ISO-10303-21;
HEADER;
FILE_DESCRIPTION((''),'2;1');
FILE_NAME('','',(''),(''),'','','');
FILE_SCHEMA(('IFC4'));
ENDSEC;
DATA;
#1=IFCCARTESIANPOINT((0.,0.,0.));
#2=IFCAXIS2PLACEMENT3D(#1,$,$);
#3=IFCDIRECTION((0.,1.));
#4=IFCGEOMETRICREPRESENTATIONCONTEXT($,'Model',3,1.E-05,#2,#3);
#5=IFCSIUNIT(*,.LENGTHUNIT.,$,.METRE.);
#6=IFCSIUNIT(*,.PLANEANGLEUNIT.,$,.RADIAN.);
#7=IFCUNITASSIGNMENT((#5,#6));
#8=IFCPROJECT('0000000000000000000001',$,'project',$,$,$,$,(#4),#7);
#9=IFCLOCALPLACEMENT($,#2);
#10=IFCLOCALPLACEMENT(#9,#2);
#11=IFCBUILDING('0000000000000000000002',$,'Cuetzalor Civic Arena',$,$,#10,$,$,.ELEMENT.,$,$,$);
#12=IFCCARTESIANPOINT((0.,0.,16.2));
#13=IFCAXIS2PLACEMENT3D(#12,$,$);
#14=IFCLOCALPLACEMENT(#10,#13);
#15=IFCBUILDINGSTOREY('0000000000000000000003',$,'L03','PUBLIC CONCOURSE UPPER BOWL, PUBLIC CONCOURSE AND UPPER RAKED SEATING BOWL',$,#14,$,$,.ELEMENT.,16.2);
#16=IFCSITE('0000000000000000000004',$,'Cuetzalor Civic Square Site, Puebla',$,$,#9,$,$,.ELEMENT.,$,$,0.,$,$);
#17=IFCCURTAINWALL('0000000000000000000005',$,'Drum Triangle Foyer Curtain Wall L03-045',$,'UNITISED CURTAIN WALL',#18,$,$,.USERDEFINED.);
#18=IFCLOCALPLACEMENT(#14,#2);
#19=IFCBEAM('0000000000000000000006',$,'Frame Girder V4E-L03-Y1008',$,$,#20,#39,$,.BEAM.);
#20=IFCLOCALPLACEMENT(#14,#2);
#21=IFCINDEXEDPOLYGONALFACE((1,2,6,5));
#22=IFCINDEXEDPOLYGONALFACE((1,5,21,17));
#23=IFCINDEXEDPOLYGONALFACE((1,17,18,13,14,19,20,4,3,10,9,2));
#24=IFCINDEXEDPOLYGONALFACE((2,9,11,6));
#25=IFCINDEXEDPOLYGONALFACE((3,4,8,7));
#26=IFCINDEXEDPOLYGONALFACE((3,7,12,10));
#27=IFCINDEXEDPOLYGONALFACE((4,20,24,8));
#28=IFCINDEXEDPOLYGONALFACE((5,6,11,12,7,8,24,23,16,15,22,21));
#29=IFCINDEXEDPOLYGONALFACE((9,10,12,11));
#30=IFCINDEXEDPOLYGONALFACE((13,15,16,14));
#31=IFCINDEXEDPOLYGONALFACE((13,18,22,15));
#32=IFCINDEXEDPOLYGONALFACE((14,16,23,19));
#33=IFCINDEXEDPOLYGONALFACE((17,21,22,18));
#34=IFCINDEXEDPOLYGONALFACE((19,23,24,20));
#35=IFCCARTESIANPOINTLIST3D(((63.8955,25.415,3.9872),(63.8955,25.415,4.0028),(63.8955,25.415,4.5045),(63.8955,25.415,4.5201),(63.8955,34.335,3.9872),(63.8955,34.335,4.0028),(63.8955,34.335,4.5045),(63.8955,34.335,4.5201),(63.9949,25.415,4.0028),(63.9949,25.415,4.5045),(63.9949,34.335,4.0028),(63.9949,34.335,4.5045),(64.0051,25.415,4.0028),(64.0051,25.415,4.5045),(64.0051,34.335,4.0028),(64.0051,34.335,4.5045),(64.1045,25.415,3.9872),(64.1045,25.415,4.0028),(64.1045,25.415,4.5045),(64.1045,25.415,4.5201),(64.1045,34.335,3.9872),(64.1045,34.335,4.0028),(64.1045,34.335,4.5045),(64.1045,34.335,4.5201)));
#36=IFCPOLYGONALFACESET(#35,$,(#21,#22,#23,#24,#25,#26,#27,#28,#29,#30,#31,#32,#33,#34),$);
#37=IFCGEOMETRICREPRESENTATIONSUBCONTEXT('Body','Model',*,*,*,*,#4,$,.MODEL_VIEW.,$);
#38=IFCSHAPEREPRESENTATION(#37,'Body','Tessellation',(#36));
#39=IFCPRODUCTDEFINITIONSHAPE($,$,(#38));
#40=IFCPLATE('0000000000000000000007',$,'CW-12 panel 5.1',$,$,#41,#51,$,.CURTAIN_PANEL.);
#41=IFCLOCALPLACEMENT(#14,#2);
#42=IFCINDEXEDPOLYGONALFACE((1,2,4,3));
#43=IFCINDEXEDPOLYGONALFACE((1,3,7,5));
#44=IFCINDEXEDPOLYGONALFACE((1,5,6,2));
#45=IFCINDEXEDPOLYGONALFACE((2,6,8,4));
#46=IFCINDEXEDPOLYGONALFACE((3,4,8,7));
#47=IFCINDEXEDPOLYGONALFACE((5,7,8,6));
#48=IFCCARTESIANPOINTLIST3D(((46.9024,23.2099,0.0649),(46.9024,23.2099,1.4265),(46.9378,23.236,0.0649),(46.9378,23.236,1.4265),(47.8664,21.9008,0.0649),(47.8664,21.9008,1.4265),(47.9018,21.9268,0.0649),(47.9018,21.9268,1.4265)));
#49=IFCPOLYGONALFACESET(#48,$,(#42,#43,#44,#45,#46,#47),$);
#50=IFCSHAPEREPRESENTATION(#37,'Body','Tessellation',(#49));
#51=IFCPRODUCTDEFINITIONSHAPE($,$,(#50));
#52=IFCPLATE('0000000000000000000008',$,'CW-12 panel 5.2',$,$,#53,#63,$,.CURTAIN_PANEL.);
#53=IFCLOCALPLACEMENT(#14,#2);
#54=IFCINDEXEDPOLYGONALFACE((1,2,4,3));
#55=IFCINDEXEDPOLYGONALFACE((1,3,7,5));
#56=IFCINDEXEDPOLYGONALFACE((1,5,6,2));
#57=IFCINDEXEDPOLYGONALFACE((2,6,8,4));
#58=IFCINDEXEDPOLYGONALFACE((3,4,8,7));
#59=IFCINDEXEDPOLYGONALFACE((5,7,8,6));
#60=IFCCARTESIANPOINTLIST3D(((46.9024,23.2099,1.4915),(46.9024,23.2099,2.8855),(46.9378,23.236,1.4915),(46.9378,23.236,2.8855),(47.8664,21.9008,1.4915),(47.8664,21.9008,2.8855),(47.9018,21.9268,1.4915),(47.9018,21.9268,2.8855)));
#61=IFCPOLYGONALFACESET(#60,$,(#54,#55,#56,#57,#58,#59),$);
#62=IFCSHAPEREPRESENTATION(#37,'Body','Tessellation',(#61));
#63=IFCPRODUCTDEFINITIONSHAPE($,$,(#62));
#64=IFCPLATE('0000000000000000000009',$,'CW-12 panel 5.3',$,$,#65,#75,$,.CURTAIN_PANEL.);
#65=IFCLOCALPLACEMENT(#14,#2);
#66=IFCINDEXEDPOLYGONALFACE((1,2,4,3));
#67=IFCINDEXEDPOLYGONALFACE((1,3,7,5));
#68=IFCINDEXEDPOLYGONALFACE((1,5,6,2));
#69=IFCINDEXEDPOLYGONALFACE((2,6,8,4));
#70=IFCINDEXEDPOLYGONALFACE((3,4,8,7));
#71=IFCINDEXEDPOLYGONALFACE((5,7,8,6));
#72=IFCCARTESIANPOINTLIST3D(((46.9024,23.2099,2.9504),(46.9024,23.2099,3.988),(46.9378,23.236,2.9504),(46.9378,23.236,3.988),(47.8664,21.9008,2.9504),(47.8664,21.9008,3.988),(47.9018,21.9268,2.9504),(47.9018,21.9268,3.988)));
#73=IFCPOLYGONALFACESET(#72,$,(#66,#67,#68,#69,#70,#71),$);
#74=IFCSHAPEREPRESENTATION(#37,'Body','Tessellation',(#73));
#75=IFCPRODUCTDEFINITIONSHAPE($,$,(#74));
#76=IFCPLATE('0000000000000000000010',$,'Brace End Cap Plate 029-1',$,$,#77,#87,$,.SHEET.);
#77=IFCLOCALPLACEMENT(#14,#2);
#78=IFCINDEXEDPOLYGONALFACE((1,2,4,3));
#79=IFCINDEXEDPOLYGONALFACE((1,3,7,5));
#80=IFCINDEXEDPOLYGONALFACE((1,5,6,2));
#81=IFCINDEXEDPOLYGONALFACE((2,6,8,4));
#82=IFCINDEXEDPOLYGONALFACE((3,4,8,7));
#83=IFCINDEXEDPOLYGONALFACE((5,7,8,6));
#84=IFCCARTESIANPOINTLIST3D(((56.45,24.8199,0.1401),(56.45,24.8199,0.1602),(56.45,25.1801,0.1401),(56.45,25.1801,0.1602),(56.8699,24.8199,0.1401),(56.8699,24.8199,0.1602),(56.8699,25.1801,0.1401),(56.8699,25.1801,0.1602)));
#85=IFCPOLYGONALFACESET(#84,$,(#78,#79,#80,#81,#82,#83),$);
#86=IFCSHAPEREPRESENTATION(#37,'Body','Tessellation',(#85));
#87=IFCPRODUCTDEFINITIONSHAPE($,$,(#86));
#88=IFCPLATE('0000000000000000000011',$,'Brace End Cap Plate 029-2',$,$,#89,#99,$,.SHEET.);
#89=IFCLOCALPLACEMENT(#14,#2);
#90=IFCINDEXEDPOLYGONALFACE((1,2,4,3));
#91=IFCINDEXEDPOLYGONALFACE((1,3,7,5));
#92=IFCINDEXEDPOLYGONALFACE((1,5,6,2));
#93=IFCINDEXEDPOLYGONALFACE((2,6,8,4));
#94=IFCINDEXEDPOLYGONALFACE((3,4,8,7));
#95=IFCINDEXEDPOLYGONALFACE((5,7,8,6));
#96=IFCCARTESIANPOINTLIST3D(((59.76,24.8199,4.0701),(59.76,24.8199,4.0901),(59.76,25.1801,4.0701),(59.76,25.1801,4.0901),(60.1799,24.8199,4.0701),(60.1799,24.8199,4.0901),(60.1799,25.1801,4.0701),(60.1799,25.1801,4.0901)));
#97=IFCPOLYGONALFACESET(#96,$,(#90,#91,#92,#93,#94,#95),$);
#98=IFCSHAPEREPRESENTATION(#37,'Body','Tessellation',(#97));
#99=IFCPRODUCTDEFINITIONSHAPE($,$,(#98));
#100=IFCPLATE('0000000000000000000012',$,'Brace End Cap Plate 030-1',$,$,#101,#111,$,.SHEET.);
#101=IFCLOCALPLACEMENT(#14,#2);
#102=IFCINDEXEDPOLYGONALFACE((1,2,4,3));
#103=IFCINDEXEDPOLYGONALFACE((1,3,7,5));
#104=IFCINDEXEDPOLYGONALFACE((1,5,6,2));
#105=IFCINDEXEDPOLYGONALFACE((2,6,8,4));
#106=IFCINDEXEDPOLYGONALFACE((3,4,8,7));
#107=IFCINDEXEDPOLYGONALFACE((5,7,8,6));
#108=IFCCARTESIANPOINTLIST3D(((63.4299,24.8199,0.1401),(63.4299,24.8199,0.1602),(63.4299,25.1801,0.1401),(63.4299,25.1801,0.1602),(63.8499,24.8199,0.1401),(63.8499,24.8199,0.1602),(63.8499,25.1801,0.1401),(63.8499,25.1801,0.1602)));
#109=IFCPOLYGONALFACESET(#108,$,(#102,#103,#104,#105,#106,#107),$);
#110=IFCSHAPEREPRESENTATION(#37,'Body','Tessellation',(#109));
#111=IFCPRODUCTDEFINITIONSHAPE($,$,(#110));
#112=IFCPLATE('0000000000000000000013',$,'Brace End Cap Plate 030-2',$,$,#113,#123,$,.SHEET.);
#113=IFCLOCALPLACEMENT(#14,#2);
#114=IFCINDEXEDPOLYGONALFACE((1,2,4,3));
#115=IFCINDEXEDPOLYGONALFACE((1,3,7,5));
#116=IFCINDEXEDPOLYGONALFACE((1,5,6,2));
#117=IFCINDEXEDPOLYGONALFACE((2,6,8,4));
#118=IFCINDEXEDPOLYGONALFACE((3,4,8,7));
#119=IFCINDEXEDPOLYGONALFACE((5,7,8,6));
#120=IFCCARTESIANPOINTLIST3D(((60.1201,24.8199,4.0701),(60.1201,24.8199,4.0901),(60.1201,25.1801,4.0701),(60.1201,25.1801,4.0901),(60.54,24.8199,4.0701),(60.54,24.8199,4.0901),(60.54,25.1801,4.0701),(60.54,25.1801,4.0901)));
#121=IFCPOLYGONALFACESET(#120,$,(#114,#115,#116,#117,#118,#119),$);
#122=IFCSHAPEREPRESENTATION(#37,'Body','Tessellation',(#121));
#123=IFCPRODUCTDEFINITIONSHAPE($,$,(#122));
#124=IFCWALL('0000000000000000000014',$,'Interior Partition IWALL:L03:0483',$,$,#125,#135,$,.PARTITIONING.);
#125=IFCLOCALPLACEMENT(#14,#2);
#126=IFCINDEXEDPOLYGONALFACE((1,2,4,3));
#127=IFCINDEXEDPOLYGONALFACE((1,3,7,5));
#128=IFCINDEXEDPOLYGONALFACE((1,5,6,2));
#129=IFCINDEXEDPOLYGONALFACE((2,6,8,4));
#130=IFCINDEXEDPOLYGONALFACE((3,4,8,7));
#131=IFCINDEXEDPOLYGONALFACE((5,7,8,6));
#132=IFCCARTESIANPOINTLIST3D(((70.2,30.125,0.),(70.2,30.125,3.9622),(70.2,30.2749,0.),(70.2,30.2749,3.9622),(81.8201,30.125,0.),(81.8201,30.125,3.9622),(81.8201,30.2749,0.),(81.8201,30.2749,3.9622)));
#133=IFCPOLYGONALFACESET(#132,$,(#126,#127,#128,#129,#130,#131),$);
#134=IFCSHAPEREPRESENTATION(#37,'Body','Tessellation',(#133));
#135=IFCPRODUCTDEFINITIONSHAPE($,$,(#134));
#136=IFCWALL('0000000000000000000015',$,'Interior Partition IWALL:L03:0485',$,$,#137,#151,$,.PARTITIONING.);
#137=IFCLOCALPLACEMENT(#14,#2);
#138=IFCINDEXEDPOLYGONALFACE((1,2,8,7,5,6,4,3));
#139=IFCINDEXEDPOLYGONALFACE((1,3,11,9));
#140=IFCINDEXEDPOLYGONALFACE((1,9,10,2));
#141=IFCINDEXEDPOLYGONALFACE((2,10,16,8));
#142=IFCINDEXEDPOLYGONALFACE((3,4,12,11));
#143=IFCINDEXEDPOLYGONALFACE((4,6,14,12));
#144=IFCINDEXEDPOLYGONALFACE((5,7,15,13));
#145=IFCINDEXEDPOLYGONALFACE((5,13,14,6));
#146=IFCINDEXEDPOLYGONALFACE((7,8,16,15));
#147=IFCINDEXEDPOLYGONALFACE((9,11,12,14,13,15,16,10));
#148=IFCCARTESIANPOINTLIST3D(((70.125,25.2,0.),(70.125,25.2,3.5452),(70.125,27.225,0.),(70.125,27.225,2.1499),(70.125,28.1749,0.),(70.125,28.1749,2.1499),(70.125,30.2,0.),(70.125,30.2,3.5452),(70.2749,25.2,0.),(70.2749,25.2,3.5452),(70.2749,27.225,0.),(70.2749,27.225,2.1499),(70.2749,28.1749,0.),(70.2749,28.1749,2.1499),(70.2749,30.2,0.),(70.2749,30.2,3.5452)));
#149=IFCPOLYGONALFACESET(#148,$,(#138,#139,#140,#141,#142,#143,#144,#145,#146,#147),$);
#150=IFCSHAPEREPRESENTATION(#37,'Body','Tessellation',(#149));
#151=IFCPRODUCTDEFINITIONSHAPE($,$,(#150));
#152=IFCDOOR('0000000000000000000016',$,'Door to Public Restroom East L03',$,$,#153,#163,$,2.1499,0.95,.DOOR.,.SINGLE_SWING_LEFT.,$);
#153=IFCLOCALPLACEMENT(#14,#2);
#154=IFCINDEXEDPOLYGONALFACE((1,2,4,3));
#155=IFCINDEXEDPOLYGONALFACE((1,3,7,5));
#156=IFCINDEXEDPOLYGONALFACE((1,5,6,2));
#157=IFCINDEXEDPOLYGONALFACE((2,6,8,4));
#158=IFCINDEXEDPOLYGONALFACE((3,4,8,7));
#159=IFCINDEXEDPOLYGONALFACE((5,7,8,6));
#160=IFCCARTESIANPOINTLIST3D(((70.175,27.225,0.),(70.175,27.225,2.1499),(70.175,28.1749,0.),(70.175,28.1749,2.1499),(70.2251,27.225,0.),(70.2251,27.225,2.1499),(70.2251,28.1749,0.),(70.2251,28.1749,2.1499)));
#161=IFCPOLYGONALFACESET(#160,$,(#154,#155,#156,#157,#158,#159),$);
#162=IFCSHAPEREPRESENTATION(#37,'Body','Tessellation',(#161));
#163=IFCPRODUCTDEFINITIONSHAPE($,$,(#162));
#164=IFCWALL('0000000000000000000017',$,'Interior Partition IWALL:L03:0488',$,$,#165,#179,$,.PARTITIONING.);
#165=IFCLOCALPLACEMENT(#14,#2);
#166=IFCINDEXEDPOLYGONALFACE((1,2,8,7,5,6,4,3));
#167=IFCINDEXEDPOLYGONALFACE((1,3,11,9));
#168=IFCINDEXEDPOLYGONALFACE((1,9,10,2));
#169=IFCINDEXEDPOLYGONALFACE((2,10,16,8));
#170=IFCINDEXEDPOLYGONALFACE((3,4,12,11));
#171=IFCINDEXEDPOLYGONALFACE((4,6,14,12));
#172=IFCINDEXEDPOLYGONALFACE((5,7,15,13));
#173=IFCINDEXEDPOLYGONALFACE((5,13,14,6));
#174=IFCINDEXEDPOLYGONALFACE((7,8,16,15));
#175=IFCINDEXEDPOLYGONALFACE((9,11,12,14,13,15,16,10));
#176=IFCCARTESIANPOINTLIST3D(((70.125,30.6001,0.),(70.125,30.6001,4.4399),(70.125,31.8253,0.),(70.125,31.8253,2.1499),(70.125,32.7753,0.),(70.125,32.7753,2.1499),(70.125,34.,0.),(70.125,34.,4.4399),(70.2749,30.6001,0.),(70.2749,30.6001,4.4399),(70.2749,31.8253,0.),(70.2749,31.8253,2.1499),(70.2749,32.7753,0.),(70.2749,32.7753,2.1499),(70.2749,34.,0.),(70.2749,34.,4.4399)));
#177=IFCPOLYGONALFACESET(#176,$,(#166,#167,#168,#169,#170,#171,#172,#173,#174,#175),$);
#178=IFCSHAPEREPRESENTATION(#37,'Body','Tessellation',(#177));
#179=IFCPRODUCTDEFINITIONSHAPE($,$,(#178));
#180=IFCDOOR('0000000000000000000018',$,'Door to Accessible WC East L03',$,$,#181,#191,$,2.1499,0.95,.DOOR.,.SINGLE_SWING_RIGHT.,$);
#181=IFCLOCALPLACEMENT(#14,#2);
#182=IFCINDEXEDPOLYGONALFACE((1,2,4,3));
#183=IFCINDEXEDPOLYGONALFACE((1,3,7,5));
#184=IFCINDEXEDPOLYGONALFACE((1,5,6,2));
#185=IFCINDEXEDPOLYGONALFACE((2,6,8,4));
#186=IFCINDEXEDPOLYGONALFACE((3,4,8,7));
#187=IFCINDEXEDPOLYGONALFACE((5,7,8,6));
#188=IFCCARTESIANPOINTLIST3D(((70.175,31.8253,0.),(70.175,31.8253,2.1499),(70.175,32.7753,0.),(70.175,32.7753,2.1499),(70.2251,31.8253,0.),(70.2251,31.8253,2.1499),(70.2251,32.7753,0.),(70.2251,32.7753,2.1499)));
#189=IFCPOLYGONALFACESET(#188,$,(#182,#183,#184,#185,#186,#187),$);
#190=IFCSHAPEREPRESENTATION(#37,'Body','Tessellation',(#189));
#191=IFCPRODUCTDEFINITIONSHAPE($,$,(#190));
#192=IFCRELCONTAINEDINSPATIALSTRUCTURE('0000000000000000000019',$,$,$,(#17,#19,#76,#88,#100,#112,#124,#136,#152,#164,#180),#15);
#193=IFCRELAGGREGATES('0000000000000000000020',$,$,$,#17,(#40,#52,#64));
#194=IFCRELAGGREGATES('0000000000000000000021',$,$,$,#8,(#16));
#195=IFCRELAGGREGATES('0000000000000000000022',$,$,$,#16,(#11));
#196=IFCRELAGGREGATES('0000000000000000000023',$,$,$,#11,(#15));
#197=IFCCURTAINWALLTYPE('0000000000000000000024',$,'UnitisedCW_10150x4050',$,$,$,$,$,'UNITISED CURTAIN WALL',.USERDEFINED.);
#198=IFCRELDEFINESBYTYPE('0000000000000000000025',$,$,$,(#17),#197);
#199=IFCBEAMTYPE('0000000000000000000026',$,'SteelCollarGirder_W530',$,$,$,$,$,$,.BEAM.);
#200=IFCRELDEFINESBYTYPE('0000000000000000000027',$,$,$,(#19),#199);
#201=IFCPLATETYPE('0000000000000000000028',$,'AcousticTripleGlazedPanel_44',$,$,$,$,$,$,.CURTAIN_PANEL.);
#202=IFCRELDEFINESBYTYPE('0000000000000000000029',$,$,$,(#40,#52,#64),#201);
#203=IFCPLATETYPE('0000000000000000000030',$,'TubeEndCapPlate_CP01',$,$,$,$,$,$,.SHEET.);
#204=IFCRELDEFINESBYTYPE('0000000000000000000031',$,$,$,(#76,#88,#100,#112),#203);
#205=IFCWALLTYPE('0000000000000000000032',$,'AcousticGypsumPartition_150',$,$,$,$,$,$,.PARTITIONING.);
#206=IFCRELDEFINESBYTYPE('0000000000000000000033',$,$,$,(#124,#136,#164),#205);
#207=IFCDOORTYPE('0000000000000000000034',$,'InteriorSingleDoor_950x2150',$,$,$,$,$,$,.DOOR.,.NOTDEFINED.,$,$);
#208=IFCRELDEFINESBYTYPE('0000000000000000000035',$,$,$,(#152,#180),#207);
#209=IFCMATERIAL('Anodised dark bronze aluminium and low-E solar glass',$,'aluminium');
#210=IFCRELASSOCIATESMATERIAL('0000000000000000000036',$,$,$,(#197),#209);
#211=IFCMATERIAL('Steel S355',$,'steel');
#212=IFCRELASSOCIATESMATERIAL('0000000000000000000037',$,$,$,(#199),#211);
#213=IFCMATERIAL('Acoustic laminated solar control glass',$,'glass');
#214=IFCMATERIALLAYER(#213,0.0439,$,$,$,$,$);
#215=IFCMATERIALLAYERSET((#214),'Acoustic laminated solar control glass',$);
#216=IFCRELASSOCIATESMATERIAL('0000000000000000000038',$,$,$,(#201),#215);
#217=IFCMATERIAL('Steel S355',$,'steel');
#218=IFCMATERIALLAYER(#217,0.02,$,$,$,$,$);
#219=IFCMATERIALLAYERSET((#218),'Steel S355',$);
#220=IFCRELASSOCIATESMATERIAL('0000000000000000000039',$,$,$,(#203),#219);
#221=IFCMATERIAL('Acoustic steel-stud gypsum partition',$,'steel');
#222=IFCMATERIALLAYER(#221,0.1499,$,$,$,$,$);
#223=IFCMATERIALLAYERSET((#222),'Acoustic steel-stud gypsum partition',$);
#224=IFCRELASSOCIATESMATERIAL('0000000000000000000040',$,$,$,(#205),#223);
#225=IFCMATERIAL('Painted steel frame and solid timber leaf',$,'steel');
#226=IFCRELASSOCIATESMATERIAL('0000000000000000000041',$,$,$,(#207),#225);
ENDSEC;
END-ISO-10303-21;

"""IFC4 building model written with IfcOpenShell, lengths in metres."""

from ifc_helpers import new_model, si_unit, direction, frame, frame_2d, origin, origin_2d, place, context, subcontext, project, spatial, rectangle, i_section, extrude, material, layer, layer_set, material_profile, profile_set, type_object, element, fill, aggregate, save


model = new_model("IFC4")

# Units and contexts
model_context = context("Model", 3, precision=1e-05, world=origin(), true_north=direction((0.0, 1.0)))
body_context = subcontext(model_context, "Body", "Model", "MODEL_VIEW")
ifc_project = project(units=[si_unit("LENGTHUNIT", "METRE"), si_unit("PLANEANGLEUNIT", "RADIAN")], contexts=[model_context])

# Site, building, storey
site_placement = place(None, origin())
site = spatial("IfcSite", under=ifc_project, at=site_placement, Name="Cuetzalor Civic Square Site, Puebla", CompositionType="ELEMENT", RefElevation=0.0)
building_placement = place(site_placement, origin())
building = spatial("IfcBuilding", under=site, at=building_placement, Name="Cuetzalor Civic Arena", CompositionType="ELEMENT")
storey_placement = place(building_placement, frame((0.0, 0.0, 16.2)))
storey = spatial("IfcBuildingStorey", under=building, at=storey_placement, Name="L03", Description="PUBLIC CONCOURSE UPPER BOWL, PUBLIC CONCOURSE AND UPPER RAKED SEATING BOWL", CompositionType="ELEMENT", Elevation=16.2)

# Curtain wall
ifc_material_1 = material(Name="Anodised dark bronze aluminium and low-E solar glass", Category="aluminium")
curtain_wall_type = type_object("IfcCurtainWallType", Name="UnitisedCW_10150x4050", ElementType="UNITISED CURTAIN WALL", PredefinedType="USERDEFINED", material=ifc_material_1)
curtain_wall_placement = place(storey_placement, origin())
curtain_wall = element("IfcCurtainWall", 1, at=curtain_wall_placement, inside=storey, type_object=curtain_wall_type, Name="Drum Triangle Foyer Curtain Wall L03-045", ObjectType="UNITISED CURTAIN WALL", PredefinedType="USERDEFINED")

# Beam
ifc_material_2 = material(Name="Steel S355", Category="steel")
ifc_material_profile_1 = material_profile(ifc_material_2, i_section(OverallWidth=0.209, OverallDepth=0.533, WebThickness=0.0103, FlangeThickness=0.0156, at=origin_2d()), Name="W530x92")
ifc_profile_set_1 = profile_set([ifc_material_profile_1], Name="Steel S355")
beam_type_1 = type_object("IfcBeamType", Name="SteelCollarGirder_W530", PredefinedType="BEAM", material=ifc_profile_set_1)
for number, where, z_axis, x_axis, name in (
    (2, (64.0, 25.415, 4.2537), (0.0, 1.0, 0.0), (-1.0, 0.0, 0.0), "Frame Girder V4E-L03-Y1008"),
):
    element("IfcBeam", number, at=place(storey_placement, frame(where, z_axis=z_axis, x_axis=x_axis)), inside=storey, type_object=beam_type_1, Name=name, PredefinedType="BEAM", context=body_context, shape_type="SweptSolid", body=[
        extrude(i_section(OverallWidth=0.209, OverallDepth=0.533, WebThickness=0.0103, FlangeThickness=0.0156, at=origin_2d()), origin(), (0.0, 0.0, 1.0), 8.9199),
    ])

# Plates
ifc_material_3 = material(Name="Acoustic laminated solar control glass", Category="glass")
ifc_layer_1 = layer(ifc_material_3, 0.0439)
ifc_layer_set_1 = layer_set([ifc_layer_1], Name="Acoustic laminated solar control glass")
plate_type_1 = type_object("IfcPlateType", Name="AcousticTripleGlazedPanel_44", PredefinedType="CURTAIN_PANEL", material=ifc_layer_set_1)
plate_1_placement = place(storey_placement, frame((47.4021, 22.5684, 0.0649), z_axis=(0.0, 0.0, 1.0), x_axis=(0.592929, -0.805255, 0.0)))
plate_1 = element("IfcPlate", 3, at=plate_1_placement, type_object=plate_type_1, Name="CW-12 panel 5.1", PredefinedType="CURTAIN_PANEL", context=body_context, shape_type="SweptSolid", body=[
    extrude(rectangle(XDim=1.6257, YDim=0.0439, at=origin_2d()), origin(), (0.0, 0.0, 1.0), 1.3616),
])
plate_2_placement = place(storey_placement, frame((47.4021, 22.5684, 1.4915), z_axis=(0.0, 0.0, 1.0), x_axis=(0.592929, -0.805255, 0.0)))
plate_2 = element("IfcPlate", 4, at=plate_2_placement, type_object=plate_type_1, Name="CW-12 panel 5.2", PredefinedType="CURTAIN_PANEL", context=body_context, shape_type="SweptSolid", body=[
    extrude(rectangle(XDim=1.6257, YDim=0.0439, at=origin_2d()), origin(), (0.0, 0.0, 1.0), 1.394),
])
plate_3_placement = place(storey_placement, frame((47.4021, 22.5684, 2.9504), z_axis=(0.0, 0.0, 1.0), x_axis=(0.592929, -0.805255, 0.0)))
plate_3 = element("IfcPlate", 5, at=plate_3_placement, type_object=plate_type_1, Name="CW-12 panel 5.3", PredefinedType="CURTAIN_PANEL", context=body_context, shape_type="SweptSolid", body=[
    extrude(rectangle(XDim=1.6257, YDim=0.0439, at=origin_2d()), origin(), (0.0, 0.0, 1.0), 1.0376),
])
aggregate(curtain_wall, [plate_1, plate_2, plate_3])

# Plates
ifc_material_4 = material(Name="Steel S355", Category="steel")
ifc_layer_2 = layer(ifc_material_4, 0.02)
ifc_layer_set_2 = layer_set([ifc_layer_2], Name="Steel S355")
plate_type_2 = type_object("IfcPlateType", Name="TubeEndCapPlate_CP01", PredefinedType="SHEET", material=ifc_layer_set_2)
for number, where, z_axis, x_axis, name in (
    (6, (56.6599, 25.0, 0.1401), (0.0, 0.0, 1.0), (1.0, 0.0, 0.0), "Brace End Cap Plate 029-1"),
    (7, (59.97, 25.0, 4.0701), (0.0, 0.0, 1.0), (1.0, 0.0, 0.0), "Brace End Cap Plate 029-2"),
    (8, (63.6399, 25.0, 0.1401), (0.0, 0.0, 1.0), (1.0, 0.0, 0.0), "Brace End Cap Plate 030-1"),
    (9, (60.3301, 25.0, 4.0701), (0.0, 0.0, 1.0), (1.0, 0.0, 0.0), "Brace End Cap Plate 030-2"),
):
    element("IfcPlate", number, at=place(storey_placement, frame(where, z_axis=z_axis, x_axis=x_axis)), inside=storey, type_object=plate_type_2, Name=name, PredefinedType="SHEET", context=body_context, shape_type="SweptSolid", body=[
        extrude(rectangle(XDim=0.4199, YDim=0.3601, at=origin_2d()), origin(), (0.0, 0.0, 1.0), 0.02),
    ])

# Wall
ifc_material_5 = material(Name="Acoustic steel-stud gypsum partition", Category="steel")
ifc_layer_3 = layer(ifc_material_5, 0.1499)
ifc_layer_set_3 = layer_set([ifc_layer_3], Name="Acoustic steel-stud gypsum partition")
wall_type_1 = type_object("IfcWallType", Name="AcousticGypsumPartition_150", PredefinedType="PARTITIONING", material=ifc_layer_set_3)
wall_1_placement = place(storey_placement, frame((70.2, 30.2, 0.0), z_axis=(0.0, 0.0, 1.0), x_axis=(1.0, 0.0, 0.0)))
element("IfcWall", 10, at=wall_1_placement, inside=storey, type_object=wall_type_1, Name="Interior Partition IWALL:L03:0483", PredefinedType="PARTITIONING", context=body_context, shape_type="SweptSolid", body=[
    extrude(rectangle(XDim=11.6201, YDim=0.1499, at=frame_2d((5.8101, 0.0))), origin(), (0.0, 0.0, 1.0), 3.9622),
])

# Walls, openings, doors
wall_2_placement = place(storey_placement, frame((70.2, 25.2, 0.0), z_axis=(0.0, 0.0, 1.0), x_axis=(0.0, 1.0, 0.0)))
wall_2 = element("IfcWall", 11, at=wall_2_placement, inside=storey, type_object=wall_type_1, Name="Interior Partition IWALL:L03:0485", PredefinedType="PARTITIONING", context=body_context, shape_type="SweptSolid", body=[
    extrude(rectangle(XDim=5.0, YDim=0.1499, at=frame_2d((2.5, 0.0))), origin(), (0.0, 0.0, 1.0), 3.5452),
])
opening_1_placement = place(wall_2_placement, frame((2.0249, 0.0, 0.0)))
opening_1 = element("IfcOpeningElement", 12, at=opening_1_placement, cuts=wall_2, PredefinedType="OPENING", context=body_context, shape_type="SweptSolid", body=[
    extrude(rectangle(XDim=0.95, YDim=2.1499, at=frame_2d((0.4751, 1.075))), frame((0.0, 0.085, 0.0), z_axis=(0.0, -1.0, 0.0), x_axis=(1.0, 0.0, 0.0)), (0.0, 0.0, 1.0), 0.1699),
])
ifc_material_6 = material(Name="Painted steel frame and solid timber leaf", Category="steel")
door_type = type_object("IfcDoorType", Name="InteriorSingleDoor_950x2150", OperationType="NOTDEFINED", PredefinedType="DOOR", material=ifc_material_6)
door_1_placement = place(opening_1_placement, origin())
door_1 = element("IfcDoor", 13, at=door_1_placement, inside=storey, type_object=door_type, Name="Door to Public Restroom East L03", OperationType="SINGLE_SWING_LEFT", OverallHeight=2.1499, OverallWidth=0.95, PredefinedType="DOOR", context=body_context, shape_type="SweptSolid", body=[
    extrude(rectangle(XDim=0.95, YDim=2.1499, at=frame_2d((0.4751, 1.075))), frame((0.0, 0.0249, 0.0), z_axis=(0.0, -1.0, 0.0), x_axis=(1.0, 0.0, 0.0)), (0.0, 0.0, 1.0), 0.05),
])
fill(opening_1, door_1)
wall_3_placement = place(storey_placement, frame((70.2, 30.6001, 0.0), z_axis=(0.0, 0.0, 1.0), x_axis=(0.0, 1.0, 0.0)))
wall_3 = element("IfcWall", 14, at=wall_3_placement, inside=storey, type_object=wall_type_1, Name="Interior Partition IWALL:L03:0488", PredefinedType="PARTITIONING", context=body_context, shape_type="SweptSolid", body=[
    extrude(rectangle(XDim=3.3999, YDim=0.1499, at=frame_2d((1.7, 0.0))), origin(), (0.0, 0.0, 1.0), 4.4399),
])
opening_2_placement = place(wall_3_placement, frame((1.2251, 0.0, 0.0)))
opening_2 = element("IfcOpeningElement", 15, at=opening_2_placement, cuts=wall_3, PredefinedType="OPENING", context=body_context, shape_type="SweptSolid", body=[
    extrude(rectangle(XDim=0.95, YDim=2.1499, at=frame_2d((0.4751, 1.075))), frame((0.0, 0.085, 0.0), z_axis=(0.0, -1.0, 0.0), x_axis=(1.0, 0.0, 0.0)), (0.0, 0.0, 1.0), 0.1699),
])
door_2_placement = place(opening_2_placement, origin())
door_2 = element("IfcDoor", 16, at=door_2_placement, inside=storey, type_object=door_type, Name="Door to Accessible WC East L03", OperationType="SINGLE_SWING_RIGHT", OverallHeight=2.1499, OverallWidth=0.95, PredefinedType="DOOR", context=body_context, shape_type="SweptSolid", body=[
    extrude(rectangle(XDim=0.95, YDim=2.1499, at=frame_2d((0.4751, 1.075))), frame((0.0, 0.0249, 0.0), z_axis=(0.0, -1.0, 0.0), x_axis=(1.0, 0.0, 0.0)), (0.0, 0.0, 1.0), 0.05),
])
fill(opening_2, door_2)

save(model, "model.ifc")
